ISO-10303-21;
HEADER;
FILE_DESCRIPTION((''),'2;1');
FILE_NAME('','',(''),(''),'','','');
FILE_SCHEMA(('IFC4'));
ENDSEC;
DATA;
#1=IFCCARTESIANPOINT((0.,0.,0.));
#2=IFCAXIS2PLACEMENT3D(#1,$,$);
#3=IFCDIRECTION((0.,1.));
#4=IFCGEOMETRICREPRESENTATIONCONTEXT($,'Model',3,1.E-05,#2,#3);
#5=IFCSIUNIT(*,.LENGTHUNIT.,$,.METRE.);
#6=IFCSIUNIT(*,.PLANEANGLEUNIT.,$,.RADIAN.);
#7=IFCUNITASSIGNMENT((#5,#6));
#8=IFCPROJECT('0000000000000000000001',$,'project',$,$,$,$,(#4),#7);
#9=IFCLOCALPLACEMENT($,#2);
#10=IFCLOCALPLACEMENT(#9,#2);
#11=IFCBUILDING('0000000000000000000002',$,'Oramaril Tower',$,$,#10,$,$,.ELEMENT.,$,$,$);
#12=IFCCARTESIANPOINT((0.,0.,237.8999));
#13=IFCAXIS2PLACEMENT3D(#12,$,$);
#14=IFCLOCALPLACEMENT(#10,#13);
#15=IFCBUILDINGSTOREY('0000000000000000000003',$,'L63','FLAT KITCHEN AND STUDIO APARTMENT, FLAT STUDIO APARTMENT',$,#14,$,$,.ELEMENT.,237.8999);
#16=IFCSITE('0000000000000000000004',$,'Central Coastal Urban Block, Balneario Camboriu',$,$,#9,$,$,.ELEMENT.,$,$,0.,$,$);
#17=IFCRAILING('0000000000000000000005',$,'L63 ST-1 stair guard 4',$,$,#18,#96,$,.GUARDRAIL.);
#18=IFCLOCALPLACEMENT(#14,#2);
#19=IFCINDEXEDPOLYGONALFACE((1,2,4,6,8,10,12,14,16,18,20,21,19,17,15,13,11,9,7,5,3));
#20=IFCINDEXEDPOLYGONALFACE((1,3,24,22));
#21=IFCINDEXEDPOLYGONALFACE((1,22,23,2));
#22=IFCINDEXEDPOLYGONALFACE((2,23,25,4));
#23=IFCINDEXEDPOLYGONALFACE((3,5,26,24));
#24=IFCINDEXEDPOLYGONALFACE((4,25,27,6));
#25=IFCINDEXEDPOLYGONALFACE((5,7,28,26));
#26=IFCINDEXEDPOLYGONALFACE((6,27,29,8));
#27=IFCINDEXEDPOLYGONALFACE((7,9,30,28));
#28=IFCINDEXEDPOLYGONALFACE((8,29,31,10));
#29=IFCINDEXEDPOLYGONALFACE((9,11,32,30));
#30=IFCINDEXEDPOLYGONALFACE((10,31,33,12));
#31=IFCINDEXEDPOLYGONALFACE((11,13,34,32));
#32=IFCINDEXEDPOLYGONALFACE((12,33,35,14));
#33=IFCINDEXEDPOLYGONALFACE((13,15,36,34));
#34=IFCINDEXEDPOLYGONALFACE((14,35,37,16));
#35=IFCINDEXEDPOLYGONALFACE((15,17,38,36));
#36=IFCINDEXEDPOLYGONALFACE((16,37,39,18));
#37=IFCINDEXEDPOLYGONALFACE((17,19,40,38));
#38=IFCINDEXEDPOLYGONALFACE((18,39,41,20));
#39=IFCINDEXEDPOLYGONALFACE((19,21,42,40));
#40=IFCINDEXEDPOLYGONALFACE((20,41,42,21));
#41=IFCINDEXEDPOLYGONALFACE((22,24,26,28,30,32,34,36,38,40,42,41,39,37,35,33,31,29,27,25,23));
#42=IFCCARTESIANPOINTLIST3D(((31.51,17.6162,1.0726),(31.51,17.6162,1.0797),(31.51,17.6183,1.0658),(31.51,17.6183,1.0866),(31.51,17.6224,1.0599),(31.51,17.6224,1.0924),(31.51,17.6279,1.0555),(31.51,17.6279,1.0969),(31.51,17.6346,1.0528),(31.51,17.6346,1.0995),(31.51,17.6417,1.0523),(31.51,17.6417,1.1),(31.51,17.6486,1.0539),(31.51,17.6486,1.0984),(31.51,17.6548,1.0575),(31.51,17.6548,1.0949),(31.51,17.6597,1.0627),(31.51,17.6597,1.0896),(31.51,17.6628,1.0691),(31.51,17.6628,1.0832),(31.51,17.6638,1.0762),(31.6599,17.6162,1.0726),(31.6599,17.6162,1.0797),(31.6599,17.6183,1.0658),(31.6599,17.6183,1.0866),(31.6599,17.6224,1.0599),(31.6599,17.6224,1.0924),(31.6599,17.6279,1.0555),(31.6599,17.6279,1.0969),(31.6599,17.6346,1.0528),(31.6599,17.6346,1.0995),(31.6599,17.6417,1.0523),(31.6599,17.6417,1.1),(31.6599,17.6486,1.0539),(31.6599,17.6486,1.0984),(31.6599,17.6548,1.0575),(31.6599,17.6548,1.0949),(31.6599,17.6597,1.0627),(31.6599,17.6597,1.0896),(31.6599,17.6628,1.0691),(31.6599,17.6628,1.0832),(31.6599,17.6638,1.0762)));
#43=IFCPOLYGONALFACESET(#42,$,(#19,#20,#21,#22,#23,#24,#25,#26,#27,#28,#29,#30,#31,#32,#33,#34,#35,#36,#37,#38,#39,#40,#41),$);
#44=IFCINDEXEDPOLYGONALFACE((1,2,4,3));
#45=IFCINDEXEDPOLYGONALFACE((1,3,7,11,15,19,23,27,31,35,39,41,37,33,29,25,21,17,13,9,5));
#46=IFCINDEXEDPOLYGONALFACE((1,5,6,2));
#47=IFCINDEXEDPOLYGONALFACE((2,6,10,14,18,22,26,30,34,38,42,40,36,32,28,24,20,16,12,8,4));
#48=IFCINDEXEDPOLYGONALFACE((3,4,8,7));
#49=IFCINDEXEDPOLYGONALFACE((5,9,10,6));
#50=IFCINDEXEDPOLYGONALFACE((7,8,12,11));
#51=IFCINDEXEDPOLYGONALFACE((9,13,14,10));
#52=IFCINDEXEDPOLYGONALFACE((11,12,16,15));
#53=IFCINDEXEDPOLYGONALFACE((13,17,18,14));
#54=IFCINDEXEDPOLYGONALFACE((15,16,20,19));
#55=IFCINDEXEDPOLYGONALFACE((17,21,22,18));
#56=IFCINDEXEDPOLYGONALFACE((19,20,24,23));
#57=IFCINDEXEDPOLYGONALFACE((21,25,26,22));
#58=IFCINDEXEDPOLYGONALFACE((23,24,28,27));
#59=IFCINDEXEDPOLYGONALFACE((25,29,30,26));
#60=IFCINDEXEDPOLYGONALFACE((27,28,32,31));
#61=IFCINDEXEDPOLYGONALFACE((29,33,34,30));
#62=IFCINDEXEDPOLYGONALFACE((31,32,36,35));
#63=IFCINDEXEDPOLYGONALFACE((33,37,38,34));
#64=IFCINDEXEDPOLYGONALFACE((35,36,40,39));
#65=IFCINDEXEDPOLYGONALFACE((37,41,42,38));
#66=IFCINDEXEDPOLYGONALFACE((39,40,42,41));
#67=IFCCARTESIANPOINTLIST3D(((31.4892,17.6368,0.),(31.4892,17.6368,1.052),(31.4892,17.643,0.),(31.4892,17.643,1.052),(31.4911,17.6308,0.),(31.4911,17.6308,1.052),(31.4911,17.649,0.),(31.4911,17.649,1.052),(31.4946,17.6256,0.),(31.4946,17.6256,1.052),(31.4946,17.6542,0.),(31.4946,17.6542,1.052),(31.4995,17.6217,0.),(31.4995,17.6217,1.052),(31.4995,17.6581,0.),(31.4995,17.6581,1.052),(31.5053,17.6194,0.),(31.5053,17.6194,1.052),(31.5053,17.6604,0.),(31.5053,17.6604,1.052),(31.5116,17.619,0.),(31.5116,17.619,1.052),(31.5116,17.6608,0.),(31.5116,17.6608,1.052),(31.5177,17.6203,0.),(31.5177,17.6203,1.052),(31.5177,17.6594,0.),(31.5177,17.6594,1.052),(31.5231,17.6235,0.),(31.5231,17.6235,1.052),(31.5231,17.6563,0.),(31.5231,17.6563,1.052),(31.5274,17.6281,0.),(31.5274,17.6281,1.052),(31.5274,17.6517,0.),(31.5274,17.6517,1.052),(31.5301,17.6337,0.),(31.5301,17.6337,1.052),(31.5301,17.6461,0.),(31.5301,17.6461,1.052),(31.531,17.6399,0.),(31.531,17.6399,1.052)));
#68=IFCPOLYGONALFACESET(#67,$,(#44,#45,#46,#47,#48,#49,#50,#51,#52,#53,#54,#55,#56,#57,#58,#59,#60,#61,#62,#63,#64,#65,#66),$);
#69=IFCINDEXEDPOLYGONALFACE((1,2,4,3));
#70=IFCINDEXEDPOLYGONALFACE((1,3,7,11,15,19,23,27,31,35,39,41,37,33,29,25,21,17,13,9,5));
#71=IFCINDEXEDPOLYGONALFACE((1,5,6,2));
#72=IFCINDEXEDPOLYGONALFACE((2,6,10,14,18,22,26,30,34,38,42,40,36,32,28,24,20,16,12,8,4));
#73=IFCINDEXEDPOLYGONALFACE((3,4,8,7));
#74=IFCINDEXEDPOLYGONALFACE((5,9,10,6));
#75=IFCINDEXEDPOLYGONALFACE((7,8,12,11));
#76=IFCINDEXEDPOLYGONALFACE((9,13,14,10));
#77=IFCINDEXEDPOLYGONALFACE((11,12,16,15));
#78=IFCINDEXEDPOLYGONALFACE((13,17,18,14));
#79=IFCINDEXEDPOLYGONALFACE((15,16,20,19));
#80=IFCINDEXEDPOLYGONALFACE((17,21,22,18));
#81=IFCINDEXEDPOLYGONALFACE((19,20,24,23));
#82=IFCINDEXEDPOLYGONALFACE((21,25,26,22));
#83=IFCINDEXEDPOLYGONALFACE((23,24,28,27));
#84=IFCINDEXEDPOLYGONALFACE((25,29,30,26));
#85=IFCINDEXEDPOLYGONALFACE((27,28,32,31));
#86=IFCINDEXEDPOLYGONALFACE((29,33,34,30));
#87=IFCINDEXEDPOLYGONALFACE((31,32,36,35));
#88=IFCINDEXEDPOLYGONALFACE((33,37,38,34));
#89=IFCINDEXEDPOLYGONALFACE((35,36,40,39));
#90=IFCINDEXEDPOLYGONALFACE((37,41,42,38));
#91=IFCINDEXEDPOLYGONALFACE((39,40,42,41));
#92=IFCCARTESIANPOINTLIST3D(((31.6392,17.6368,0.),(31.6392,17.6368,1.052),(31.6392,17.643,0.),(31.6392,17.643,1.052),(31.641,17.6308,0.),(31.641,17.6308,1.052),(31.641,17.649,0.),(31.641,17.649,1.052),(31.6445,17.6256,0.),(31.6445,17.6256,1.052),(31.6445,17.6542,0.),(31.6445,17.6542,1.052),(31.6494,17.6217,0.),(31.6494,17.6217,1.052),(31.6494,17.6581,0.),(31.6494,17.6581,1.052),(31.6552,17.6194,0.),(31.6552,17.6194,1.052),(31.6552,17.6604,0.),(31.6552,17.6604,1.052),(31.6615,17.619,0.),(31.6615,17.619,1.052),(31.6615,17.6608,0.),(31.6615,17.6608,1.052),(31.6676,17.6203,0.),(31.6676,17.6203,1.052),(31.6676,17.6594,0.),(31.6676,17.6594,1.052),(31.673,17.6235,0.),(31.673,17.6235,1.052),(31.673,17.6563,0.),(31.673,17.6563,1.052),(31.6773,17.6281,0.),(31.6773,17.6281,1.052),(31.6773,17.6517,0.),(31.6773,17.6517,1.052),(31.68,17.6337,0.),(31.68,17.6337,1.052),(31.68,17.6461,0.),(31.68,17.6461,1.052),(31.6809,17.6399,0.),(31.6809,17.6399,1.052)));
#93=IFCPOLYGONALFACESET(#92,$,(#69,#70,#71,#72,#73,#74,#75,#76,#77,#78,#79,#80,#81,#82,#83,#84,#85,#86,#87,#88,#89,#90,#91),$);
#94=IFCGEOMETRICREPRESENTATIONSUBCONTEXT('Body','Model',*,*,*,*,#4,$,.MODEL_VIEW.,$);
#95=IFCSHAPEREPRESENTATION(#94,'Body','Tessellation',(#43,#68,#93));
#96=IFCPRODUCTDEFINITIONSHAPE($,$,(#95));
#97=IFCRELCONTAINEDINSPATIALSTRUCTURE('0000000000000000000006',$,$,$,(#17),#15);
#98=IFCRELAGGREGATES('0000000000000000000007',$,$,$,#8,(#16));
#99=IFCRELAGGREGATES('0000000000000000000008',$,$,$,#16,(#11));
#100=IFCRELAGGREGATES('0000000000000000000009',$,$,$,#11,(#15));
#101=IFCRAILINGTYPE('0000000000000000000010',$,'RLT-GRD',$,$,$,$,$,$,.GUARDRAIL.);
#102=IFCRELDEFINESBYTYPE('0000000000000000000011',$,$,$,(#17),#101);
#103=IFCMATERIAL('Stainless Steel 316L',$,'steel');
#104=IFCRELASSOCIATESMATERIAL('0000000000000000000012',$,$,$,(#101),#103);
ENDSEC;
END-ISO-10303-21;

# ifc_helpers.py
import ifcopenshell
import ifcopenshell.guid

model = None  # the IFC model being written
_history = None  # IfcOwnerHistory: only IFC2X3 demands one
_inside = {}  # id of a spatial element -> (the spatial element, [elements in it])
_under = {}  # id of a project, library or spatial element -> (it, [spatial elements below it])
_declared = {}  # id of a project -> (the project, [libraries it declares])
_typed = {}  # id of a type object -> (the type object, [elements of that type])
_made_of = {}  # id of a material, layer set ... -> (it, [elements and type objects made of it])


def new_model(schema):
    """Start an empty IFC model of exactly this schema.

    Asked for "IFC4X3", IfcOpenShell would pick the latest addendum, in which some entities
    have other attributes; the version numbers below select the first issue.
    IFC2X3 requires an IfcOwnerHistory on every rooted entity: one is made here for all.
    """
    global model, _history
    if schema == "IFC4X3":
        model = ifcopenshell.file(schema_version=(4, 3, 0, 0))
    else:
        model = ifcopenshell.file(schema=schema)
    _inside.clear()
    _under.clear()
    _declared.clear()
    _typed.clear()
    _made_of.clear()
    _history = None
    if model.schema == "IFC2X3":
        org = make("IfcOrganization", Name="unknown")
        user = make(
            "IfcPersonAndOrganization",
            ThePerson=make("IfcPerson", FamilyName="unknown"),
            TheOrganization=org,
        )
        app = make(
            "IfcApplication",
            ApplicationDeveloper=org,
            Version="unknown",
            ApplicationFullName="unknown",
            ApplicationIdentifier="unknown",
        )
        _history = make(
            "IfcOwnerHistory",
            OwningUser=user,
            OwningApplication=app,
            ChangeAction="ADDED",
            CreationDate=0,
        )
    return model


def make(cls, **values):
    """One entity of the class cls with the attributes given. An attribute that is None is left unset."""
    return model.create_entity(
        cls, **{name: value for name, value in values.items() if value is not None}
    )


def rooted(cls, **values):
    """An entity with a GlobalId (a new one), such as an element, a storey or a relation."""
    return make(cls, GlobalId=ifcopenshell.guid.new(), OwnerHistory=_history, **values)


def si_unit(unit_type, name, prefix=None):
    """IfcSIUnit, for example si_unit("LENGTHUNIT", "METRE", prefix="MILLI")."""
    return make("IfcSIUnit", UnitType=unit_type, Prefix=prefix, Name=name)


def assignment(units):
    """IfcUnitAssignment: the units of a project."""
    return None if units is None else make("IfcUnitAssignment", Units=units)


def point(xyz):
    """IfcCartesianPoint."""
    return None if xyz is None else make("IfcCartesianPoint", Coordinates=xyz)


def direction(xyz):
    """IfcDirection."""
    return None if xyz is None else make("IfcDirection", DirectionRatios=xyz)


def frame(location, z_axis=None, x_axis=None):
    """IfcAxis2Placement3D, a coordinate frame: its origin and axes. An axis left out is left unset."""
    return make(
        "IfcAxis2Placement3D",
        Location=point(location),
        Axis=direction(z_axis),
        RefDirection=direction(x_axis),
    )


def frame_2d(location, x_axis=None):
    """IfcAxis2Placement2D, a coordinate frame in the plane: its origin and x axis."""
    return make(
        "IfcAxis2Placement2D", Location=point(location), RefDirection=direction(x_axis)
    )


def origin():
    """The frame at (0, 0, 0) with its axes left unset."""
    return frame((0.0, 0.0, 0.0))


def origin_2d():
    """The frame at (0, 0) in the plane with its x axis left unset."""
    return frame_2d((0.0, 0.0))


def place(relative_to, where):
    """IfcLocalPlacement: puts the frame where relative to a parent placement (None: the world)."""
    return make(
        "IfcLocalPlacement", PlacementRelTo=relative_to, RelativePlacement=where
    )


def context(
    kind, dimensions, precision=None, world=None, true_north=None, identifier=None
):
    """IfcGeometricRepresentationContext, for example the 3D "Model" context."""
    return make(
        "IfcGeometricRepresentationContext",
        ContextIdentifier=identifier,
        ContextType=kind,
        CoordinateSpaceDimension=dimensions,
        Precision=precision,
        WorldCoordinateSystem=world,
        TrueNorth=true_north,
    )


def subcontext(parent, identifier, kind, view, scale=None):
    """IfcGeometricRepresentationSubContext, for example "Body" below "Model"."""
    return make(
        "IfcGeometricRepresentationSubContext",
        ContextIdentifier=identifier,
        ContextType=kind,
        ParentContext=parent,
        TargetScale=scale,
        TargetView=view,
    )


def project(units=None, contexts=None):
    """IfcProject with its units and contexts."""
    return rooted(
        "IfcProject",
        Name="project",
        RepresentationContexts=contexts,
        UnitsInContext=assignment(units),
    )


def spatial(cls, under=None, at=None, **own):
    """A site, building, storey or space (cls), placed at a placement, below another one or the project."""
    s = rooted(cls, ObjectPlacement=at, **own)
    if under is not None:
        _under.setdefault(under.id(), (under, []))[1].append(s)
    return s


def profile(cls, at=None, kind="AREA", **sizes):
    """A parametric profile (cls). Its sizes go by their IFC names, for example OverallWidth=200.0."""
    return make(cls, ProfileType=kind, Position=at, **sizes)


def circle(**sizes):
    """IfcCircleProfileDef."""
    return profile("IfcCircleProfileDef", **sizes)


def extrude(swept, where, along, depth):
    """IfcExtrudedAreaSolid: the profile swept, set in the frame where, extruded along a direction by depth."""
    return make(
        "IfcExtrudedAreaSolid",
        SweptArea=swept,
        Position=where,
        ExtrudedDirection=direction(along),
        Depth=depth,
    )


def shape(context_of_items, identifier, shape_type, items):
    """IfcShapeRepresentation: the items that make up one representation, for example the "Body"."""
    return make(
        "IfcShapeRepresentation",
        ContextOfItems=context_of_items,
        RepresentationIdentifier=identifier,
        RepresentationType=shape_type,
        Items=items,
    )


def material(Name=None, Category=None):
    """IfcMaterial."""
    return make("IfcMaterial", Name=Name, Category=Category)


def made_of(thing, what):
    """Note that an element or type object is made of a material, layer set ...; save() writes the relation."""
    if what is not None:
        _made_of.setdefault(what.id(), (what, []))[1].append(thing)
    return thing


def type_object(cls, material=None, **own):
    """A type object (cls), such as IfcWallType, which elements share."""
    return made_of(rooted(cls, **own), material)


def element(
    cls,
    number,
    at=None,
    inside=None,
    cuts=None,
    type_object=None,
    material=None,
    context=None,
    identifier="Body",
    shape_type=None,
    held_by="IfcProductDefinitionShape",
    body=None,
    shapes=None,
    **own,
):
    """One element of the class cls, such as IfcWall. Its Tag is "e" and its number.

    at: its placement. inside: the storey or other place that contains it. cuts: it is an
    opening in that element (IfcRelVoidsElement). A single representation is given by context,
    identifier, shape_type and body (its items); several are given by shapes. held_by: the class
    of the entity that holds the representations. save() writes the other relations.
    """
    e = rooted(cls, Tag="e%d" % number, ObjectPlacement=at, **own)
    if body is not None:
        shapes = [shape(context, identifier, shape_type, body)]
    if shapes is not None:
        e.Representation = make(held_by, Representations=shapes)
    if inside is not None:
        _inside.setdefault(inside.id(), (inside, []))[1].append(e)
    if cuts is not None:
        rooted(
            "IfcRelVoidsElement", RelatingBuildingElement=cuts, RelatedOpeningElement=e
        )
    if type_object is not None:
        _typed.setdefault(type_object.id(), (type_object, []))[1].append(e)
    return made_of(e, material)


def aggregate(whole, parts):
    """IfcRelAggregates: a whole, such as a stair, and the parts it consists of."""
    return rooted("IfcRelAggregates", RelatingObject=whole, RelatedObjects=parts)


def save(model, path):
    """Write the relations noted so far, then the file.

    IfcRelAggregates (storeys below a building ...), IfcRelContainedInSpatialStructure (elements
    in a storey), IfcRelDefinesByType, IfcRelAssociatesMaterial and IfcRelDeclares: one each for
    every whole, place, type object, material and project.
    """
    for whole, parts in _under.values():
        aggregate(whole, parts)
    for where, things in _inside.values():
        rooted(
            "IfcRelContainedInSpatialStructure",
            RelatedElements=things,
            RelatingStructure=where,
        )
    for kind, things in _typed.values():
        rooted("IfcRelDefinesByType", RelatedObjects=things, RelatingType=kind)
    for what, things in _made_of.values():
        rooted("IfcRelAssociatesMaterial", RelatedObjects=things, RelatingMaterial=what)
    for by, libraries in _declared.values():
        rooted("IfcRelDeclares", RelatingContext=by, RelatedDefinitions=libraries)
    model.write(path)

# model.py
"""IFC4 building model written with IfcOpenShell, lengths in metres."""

from ifc_helpers import new_model, si_unit, direction, frame, origin, origin_2d, place, context, subcontext, project, spatial, circle, extrude, material, type_object, element, save


model = new_model("IFC4")

# Units and contexts
model_context = context("Model", 3, precision=1e-05, world=origin(), true_north=direction((0.0, 1.0)))
body_context = subcontext(model_context, "Body", "Model", "MODEL_VIEW")
ifc_project = project(units=[si_unit("LENGTHUNIT", "METRE"), si_unit("PLANEANGLEUNIT", "RADIAN")], contexts=[model_context])

# Site, building, storey
site_placement = place(None, origin())
site = spatial("IfcSite", under=ifc_project, at=site_placement, Name="Central Coastal Urban Block, Balneario Camboriu", CompositionType="ELEMENT", RefElevation=0.0)
building_placement = place(site_placement, origin())
building = spatial("IfcBuilding", under=site, at=building_placement, Name="Oramaril Tower", CompositionType="ELEMENT")
storey_placement = place(building_placement, frame((0.0, 0.0, 237.8999)))
storey = spatial("IfcBuildingStorey", under=building, at=storey_placement, Name="L63", Description="FLAT KITCHEN AND STUDIO APARTMENT, FLAT STUDIO APARTMENT", CompositionType="ELEMENT", Elevation=237.8999)

# Railing
ifc_material_1 = material(Name="Stainless Steel 316L", Category="steel")
railing_type_1 = type_object("IfcRailingType", Name="RLT-GRD", PredefinedType="GUARDRAIL", material=ifc_material_1)
railing_1_placement = place(storey_placement, frame((31.51, 17.6399, 0.0)))
element("IfcRailing", 1, at=railing_1_placement, inside=storey, type_object=railing_type_1, Name="L63 ST-1 stair guard 4", PredefinedType="GUARDRAIL", context=body_context, shape_type="SweptSolid", body=[
    extrude(circle(Radius=0.0239, at=origin_2d()), frame((0.0, 0.0, 1.0762), z_axis=(1.0, 0.0, 0.0), x_axis=(0.0, 1.0, 0.0)), (0.0, 0.0, 1.0), 0.1499),
    extrude(circle(Radius=0.021, at=origin_2d()), origin(), (0.0, 0.0, 1.0), 1.052),
    extrude(circle(Radius=0.021, at=origin_2d()), frame((0.1499, 0.0, 0.0)), (0.0, 0.0, 1.0), 1.052),
])

save(model, "model.ifc")
